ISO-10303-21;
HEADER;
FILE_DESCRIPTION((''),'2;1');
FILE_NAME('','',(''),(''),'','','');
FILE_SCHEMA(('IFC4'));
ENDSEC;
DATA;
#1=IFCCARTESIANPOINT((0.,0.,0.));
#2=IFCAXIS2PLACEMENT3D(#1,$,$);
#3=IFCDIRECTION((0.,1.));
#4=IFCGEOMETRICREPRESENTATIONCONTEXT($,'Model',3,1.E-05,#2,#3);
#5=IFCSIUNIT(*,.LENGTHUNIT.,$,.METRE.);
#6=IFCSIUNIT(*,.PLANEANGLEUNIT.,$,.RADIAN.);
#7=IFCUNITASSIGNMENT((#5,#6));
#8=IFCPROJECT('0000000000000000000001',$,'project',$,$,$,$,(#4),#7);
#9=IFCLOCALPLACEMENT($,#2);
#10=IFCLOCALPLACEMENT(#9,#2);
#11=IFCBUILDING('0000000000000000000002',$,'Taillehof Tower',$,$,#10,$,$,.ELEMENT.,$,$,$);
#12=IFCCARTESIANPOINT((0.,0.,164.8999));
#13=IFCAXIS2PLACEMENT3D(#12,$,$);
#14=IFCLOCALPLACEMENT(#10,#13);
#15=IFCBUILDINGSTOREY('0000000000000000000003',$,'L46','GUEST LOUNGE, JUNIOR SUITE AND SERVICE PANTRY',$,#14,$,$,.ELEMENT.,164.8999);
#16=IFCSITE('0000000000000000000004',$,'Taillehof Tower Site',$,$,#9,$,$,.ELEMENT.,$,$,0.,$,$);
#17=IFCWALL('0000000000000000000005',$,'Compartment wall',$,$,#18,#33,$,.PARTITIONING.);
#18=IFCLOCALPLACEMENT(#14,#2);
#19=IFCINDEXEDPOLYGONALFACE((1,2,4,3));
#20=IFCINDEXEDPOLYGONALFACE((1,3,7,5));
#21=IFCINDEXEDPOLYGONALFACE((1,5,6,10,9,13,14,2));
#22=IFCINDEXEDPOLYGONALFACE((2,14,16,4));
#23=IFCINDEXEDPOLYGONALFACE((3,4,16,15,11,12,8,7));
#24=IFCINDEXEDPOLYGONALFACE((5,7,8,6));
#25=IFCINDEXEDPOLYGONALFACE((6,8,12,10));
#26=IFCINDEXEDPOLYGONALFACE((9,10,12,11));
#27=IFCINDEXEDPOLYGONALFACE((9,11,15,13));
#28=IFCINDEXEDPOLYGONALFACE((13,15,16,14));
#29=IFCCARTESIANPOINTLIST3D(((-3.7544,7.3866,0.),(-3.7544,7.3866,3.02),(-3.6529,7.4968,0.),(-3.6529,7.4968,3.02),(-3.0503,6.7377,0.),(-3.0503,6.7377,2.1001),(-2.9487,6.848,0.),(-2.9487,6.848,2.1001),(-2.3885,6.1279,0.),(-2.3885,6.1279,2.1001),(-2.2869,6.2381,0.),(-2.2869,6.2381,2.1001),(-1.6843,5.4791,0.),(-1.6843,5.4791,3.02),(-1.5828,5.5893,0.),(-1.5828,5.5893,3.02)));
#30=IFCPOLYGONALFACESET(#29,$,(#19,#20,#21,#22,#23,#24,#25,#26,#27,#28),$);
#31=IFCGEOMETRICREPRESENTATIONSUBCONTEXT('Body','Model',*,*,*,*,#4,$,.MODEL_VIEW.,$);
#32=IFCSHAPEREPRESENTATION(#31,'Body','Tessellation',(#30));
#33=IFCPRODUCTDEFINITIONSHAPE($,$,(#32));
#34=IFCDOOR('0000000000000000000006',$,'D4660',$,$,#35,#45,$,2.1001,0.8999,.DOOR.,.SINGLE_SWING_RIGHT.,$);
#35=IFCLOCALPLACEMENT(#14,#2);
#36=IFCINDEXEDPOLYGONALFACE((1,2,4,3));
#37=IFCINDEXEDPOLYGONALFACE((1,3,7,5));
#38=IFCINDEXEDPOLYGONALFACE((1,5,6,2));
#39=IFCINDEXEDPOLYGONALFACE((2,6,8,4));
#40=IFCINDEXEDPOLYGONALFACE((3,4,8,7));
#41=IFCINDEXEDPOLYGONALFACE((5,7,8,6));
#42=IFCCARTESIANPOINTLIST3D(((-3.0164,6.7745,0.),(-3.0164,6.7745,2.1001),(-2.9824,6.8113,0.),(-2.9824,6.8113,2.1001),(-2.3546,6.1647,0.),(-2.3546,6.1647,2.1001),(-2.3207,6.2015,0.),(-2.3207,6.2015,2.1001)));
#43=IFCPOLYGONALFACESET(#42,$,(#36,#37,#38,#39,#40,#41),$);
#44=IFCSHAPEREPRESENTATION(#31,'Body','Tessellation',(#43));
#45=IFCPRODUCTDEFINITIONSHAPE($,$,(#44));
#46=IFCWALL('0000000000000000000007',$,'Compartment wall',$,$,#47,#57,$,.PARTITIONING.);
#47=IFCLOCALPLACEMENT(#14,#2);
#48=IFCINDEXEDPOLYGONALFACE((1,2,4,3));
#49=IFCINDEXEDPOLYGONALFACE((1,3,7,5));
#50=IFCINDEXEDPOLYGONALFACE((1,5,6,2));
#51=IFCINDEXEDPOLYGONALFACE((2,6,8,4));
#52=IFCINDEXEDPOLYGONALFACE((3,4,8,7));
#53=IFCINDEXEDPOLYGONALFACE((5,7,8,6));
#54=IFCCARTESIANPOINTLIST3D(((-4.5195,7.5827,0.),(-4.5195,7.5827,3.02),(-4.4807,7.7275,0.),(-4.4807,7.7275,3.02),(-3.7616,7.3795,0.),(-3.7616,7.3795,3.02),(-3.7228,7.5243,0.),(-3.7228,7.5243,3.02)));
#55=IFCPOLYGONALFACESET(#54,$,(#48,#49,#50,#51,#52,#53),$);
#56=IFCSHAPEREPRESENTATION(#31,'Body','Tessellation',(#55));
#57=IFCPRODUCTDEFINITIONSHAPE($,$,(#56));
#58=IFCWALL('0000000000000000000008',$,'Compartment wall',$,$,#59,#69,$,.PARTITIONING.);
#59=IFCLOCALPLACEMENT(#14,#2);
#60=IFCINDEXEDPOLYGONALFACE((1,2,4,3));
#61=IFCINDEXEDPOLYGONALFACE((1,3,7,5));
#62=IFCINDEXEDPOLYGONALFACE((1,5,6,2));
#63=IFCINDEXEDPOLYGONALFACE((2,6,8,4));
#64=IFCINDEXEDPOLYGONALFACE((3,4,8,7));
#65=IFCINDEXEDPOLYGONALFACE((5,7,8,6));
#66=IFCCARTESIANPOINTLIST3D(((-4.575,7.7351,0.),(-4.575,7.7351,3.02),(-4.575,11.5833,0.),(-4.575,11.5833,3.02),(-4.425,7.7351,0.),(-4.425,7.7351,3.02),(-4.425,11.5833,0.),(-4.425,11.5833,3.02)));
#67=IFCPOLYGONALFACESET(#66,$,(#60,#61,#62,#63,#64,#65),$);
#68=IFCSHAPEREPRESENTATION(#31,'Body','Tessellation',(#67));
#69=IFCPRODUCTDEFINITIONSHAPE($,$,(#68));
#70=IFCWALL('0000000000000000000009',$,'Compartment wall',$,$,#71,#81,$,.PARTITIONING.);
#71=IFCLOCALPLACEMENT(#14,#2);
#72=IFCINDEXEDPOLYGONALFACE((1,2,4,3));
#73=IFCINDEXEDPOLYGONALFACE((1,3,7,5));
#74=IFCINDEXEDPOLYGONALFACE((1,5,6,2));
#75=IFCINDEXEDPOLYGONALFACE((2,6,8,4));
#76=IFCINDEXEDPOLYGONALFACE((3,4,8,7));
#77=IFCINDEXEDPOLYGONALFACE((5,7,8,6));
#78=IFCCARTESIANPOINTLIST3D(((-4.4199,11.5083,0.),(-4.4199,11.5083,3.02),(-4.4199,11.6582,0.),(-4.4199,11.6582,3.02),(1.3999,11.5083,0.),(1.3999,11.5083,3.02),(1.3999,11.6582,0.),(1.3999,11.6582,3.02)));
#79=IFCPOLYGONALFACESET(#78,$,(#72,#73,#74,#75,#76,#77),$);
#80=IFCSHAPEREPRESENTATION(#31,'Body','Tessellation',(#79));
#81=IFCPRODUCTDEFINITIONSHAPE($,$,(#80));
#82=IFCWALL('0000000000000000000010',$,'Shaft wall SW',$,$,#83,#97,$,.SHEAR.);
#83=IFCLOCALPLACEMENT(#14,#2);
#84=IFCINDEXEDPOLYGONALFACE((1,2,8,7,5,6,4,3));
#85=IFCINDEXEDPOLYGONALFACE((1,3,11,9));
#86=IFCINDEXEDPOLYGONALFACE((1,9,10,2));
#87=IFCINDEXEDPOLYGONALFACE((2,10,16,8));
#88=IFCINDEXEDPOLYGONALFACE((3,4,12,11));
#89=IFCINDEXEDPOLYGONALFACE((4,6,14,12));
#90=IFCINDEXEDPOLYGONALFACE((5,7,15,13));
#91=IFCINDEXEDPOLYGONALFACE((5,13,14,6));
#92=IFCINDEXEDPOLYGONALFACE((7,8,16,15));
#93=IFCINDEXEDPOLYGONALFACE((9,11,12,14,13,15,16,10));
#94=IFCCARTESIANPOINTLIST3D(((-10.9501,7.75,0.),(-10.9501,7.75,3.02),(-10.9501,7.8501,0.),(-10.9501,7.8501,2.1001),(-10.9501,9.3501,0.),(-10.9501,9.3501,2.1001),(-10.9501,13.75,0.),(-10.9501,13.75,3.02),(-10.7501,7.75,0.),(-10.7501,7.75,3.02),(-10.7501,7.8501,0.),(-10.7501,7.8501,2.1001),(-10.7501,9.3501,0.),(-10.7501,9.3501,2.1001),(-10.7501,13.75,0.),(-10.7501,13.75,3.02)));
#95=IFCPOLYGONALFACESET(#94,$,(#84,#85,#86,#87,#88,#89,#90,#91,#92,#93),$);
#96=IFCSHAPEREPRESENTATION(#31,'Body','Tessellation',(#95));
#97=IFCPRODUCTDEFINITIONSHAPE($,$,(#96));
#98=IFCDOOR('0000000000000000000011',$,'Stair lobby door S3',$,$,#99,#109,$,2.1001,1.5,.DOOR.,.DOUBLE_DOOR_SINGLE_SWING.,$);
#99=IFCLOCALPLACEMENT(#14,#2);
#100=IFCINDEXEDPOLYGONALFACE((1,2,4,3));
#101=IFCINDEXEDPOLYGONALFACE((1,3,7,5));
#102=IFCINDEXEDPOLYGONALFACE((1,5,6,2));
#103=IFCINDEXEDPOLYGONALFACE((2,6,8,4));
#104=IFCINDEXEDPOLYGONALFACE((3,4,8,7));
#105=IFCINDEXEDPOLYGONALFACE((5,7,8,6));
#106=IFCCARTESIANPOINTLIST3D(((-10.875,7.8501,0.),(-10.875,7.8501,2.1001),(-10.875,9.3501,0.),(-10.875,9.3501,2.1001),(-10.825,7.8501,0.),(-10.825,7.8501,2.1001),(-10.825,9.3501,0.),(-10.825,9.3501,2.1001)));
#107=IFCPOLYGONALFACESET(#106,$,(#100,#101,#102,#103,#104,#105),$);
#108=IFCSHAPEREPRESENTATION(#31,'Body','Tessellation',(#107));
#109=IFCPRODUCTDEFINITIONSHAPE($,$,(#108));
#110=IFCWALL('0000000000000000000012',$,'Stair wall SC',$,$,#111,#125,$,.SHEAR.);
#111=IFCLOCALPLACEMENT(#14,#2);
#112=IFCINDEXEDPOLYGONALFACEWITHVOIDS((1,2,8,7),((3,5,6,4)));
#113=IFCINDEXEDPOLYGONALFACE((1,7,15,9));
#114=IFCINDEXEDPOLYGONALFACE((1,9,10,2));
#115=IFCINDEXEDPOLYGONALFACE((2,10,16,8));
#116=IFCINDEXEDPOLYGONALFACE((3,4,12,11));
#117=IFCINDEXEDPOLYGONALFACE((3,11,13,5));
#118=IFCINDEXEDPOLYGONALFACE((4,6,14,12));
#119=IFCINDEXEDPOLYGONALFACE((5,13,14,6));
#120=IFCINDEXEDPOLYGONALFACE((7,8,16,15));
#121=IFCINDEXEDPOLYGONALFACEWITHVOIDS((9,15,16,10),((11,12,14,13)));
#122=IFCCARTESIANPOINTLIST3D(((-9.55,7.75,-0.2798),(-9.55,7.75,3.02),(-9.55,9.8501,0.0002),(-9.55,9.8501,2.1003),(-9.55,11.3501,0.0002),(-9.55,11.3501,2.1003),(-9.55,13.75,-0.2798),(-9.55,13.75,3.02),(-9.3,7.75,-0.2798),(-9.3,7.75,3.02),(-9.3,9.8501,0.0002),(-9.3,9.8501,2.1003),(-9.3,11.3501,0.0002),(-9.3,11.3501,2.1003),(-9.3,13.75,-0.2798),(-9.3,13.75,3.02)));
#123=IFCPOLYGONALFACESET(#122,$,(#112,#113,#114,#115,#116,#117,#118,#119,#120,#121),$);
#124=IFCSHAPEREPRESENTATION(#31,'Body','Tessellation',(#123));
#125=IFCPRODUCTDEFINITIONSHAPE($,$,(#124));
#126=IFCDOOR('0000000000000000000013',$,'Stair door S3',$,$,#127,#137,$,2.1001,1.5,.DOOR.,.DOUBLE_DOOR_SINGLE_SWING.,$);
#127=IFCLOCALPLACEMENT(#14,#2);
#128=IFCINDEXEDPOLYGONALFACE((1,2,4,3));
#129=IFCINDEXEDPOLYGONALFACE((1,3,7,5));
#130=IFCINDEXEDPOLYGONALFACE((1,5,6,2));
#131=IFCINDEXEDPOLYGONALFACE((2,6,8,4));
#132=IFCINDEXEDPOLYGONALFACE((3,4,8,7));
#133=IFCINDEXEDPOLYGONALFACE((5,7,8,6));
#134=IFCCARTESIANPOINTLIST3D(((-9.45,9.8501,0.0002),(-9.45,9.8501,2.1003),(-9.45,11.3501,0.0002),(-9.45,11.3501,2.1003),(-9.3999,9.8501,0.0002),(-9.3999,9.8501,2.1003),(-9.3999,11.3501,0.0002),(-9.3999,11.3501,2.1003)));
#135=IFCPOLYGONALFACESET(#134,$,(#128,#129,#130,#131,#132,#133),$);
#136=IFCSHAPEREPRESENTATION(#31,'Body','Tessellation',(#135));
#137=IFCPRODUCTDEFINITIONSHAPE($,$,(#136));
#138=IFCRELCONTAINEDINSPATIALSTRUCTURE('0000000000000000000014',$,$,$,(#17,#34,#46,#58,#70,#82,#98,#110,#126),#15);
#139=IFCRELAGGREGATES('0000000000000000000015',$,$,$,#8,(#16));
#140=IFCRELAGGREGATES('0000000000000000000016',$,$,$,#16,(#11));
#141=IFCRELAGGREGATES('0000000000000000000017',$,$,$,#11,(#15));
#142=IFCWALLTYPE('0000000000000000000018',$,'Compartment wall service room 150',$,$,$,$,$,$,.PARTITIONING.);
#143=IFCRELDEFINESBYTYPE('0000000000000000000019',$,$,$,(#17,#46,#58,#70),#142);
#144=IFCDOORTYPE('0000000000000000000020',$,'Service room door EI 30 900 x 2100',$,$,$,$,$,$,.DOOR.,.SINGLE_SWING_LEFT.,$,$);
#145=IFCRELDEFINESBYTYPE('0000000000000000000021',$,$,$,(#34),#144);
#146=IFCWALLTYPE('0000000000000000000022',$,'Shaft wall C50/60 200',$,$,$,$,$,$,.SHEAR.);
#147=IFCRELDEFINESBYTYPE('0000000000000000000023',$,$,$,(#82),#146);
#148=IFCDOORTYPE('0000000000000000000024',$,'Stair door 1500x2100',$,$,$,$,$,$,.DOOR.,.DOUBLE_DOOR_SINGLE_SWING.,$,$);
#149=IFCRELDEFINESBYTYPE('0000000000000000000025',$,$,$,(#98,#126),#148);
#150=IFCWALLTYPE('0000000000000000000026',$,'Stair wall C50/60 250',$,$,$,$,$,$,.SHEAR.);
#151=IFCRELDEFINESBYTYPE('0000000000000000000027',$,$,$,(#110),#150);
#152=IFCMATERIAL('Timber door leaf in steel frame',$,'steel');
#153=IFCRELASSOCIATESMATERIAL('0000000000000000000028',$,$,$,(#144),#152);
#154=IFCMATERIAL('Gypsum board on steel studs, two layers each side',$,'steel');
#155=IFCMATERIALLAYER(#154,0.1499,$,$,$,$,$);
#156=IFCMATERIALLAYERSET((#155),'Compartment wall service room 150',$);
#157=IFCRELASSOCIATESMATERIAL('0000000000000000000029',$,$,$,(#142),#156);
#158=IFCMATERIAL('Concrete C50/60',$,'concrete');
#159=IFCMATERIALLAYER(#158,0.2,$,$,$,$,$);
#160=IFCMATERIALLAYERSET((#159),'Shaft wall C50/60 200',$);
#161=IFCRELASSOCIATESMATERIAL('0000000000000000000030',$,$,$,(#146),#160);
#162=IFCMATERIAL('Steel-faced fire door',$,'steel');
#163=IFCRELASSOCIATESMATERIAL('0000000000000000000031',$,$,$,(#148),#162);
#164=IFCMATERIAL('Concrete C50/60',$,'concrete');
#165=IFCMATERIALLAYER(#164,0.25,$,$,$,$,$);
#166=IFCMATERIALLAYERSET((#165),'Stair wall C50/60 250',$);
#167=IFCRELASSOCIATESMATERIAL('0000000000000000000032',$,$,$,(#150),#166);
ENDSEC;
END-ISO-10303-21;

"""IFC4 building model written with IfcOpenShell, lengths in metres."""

from ifc_helpers import new_model, si_unit, direction, frame, frame_2d, origin, place, context, subcontext, project, spatial, rectangle, extrude, material, layer, layer_set, type_object, element, fill, save


model = new_model("IFC4")

# Units and contexts
model_context = context("Model", 3, precision=1e-05, world=origin(), true_north=direction((0.0, 1.0)))
body_context = subcontext(model_context, "Body", "Model", "MODEL_VIEW")
ifc_project = project(units=[si_unit("LENGTHUNIT", "METRE"), si_unit("PLANEANGLEUNIT", "RADIAN")], contexts=[model_context])

# Site, building, storey
site_placement = place(None, origin())
site = spatial("IfcSite", under=ifc_project, at=site_placement, Name="Taillehof Tower Site", CompositionType="ELEMENT", RefElevation=0.0)
building_placement = place(site_placement, origin())
building = spatial("IfcBuilding", under=site, at=building_placement, Name="Taillehof Tower", CompositionType="ELEMENT")
storey_placement = place(building_placement, frame((0.0, 0.0, 164.8999)))
storey = spatial("IfcBuildingStorey", under=building, at=storey_placement, Name="L46", Description="GUEST LOUNGE, JUNIOR SUITE AND SERVICE PANTRY", CompositionType="ELEMENT", Elevation=164.8999)

# Shared definitions
ifc_material_1 = material(Name="Timber door leaf in steel frame", Category="steel")
door_type_1 = type_object("IfcDoorType", Name="Service room door EI 30 900 x 2100", OperationType="SINGLE_SWING_LEFT", PredefinedType="DOOR", material=ifc_material_1)

# Shared definitions
ifc_material_2 = material(Name="Gypsum board on steel studs, two layers each side", Category="steel")
ifc_layer_1 = layer(ifc_material_2, 0.1499)
ifc_layer_set_1 = layer_set([ifc_layer_1], Name="Compartment wall service room 150")
wall_type_1 = type_object("IfcWallType", Name="Compartment wall service room 150", PredefinedType="PARTITIONING", material=ifc_layer_set_1)

# Wall, opening, door
wall_1_placement = place(storey_placement, frame((-1.6335, 5.5342, 0.0), z_axis=(0.0, 0.0, 1.0), x_axis=(-0.735398, 0.677635, 0.0)))
wall_1 = element("IfcWall", 1, at=wall_1_placement, inside=storey, type_object=wall_type_1, Name="Compartment wall", PredefinedType="PARTITIONING", context=body_context, shape_type="SweptSolid", body=[
    extrude(rectangle(XDim=2.8149, YDim=0.1499, at=frame_2d((1.4075, 0.0))), origin(), (0.0, 0.0, 1.0), 3.02),
])
opening_1_placement = place(wall_1_placement, frame((0.9575, 0.0, 0.0)))
opening_1 = element("IfcOpeningElement", 2, at=opening_1_placement, cuts=wall_1, PredefinedType="OPENING", context=body_context, shape_type="SweptSolid", body=[
    extrude(rectangle(XDim=0.8999, YDim=2.1001, at=frame_2d((0.45, 1.05))), frame((0.0, 0.085, 0.0), z_axis=(0.0, -1.0, 0.0), x_axis=(1.0, 0.0, 0.0)), (0.0, 0.0, 1.0), 0.1699),
])
door_1_placement = place(opening_1_placement, origin())
door_1 = element("IfcDoor", 3, at=door_1_placement, inside=storey, type_object=door_type_1, Name="D4660", OperationType="SINGLE_SWING_RIGHT", OverallHeight=2.1001, OverallWidth=0.8999, PredefinedType="DOOR", context=body_context, shape_type="SweptSolid", body=[
    extrude(rectangle(XDim=0.8999, YDim=2.1001, at=frame_2d((0.45, 1.05))), frame((0.0, 0.0249, 0.0), z_axis=(0.0, -1.0, 0.0), x_axis=(1.0, 0.0, 0.0)), (0.0, 0.0, 1.0), 0.05),
])
fill(opening_1, door_1)

# Walls
wall_2_placement = place(storey_placement, frame((-3.7422, 7.4519, 0.0), z_axis=(0.0, 0.0, 1.0), x_axis=(-0.965904, 0.258902, 0.0)))
element("IfcWall", 4, at=wall_2_placement, inside=storey, type_object=wall_type_1, Name="Compartment wall", PredefinedType="PARTITIONING", context=body_context, shape_type="SweptSolid", body=[
    extrude(rectangle(XDim=0.7847, YDim=0.1499, at=frame_2d((0.3923, 0.0))), origin(), (0.0, 0.0, 1.0), 3.02),
])
wall_3_placement = place(storey_placement, frame((-4.5, 7.7351, 0.0), z_axis=(0.0, 0.0, 1.0), x_axis=(0.0, 1.0, 0.0)))
element("IfcWall", 5, at=wall_3_placement, inside=storey, type_object=wall_type_1, Name="Compartment wall", PredefinedType="PARTITIONING", context=body_context, shape_type="SweptSolid", body=[
    extrude(rectangle(XDim=3.8481, YDim=0.1499, at=frame_2d((1.9241, 0.0))), origin(), (0.0, 0.0, 1.0), 3.02),
])
wall_4_placement = place(storey_placement, frame((-4.4199, 11.5833, 0.0), z_axis=(0.0, 0.0, 1.0), x_axis=(1.0, 0.0, 0.0)))
element("IfcWall", 6, at=wall_4_placement, inside=storey, type_object=wall_type_1, Name="Compartment wall", PredefinedType="PARTITIONING", context=body_context, shape_type="SweptSolid", body=[
    extrude(rectangle(XDim=5.8198, YDim=0.1499, at=frame_2d((2.9099, 0.0))), origin(), (0.0, 0.0, 1.0), 3.02),
])

# Walls, openings, doors
ifc_material_3 = material(Name="Concrete C50/60", Category="concrete")
ifc_layer_2 = layer(ifc_material_3, 0.2)
ifc_layer_set_2 = layer_set([ifc_layer_2], Name="Shaft wall C50/60 200")
wall_type_2 = type_object("IfcWallType", Name="Shaft wall C50/60 200", PredefinedType="SHEAR", material=ifc_layer_set_2)
wall_5_placement = place(storey_placement, frame((-10.8501, 7.75, 0.0), z_axis=(0.0, 0.0, 1.0), x_axis=(0.0, 1.0, 0.0)))
wall_5 = element("IfcWall", 7, at=wall_5_placement, inside=storey, type_object=wall_type_2, Name="Shaft wall SW", PredefinedType="SHEAR", context=body_context, shape_type="SweptSolid", body=[
    extrude(rectangle(XDim=6.0, YDim=0.2, at=frame_2d((3.0, 0.0))), origin(), (0.0, 0.0, 1.0), 3.02),
])
opening_2_placement = place(wall_5_placement, frame((0.1001, 0.0, 0.0)))
opening_2 = element("IfcOpeningElement", 8, at=opening_2_placement, cuts=wall_5, PredefinedType="OPENING", context=body_context, shape_type="SweptSolid", body=[
    extrude(rectangle(XDim=1.5, YDim=2.1001, at=frame_2d((0.75, 1.05))), frame((0.0, 0.1099, 0.0), z_axis=(0.0, -1.0, 0.0), x_axis=(1.0, 0.0, 0.0)), (0.0, 0.0, 1.0), 0.22),
])
ifc_material_4 = material(Name="Steel-faced fire door", Category="steel")
door_type_2 = type_object("IfcDoorType", Name="Stair door 1500x2100", OperationType="DOUBLE_DOOR_SINGLE_SWING", PredefinedType="DOOR", material=ifc_material_4)
door_2_placement = place(opening_2_placement, origin())
door_2 = element("IfcDoor", 9, at=door_2_placement, inside=storey, type_object=door_type_2, Name="Stair lobby door S3", OperationType="DOUBLE_DOOR_SINGLE_SWING", OverallHeight=2.1001, OverallWidth=1.5, PredefinedType="DOOR", context=body_context, shape_type="SweptSolid", body=[
    extrude(rectangle(XDim=1.5, YDim=2.1001, at=frame_2d((0.75, 1.05))), frame((0.0, 0.0249, 0.0), z_axis=(0.0, -1.0, 0.0), x_axis=(1.0, 0.0, 0.0)), (0.0, 0.0, 1.0), 0.05),
])
fill(opening_2, door_2)
ifc_material_5 = material(Name="Concrete C50/60", Category="concrete")
ifc_layer_3 = layer(ifc_material_5, 0.25)
ifc_layer_set_3 = layer_set([ifc_layer_3], Name="Stair wall C50/60 250")
wall_type_3 = type_object("IfcWallType", Name="Stair wall C50/60 250", PredefinedType="SHEAR", material=ifc_layer_set_3)
wall_6_placement = place(storey_placement, frame((-9.425, 7.75, -0.2798), z_axis=(0.0, 0.0, 1.0), x_axis=(0.0, 1.0, 0.0)))
wall_6 = element("IfcWall", 10, at=wall_6_placement, inside=storey, type_object=wall_type_3, Name="Stair wall SC", PredefinedType="SHEAR", context=body_context, shape_type="SweptSolid", body=[
    extrude(rectangle(XDim=6.0, YDim=0.25, at=frame_2d((3.0, 0.0))), origin(), (0.0, 0.0, 1.0), 3.2998),
])
opening_3_placement = place(wall_6_placement, frame((2.1001, 0.0, 0.28)))
opening_3 = element("IfcOpeningElement", 11, at=opening_3_placement, cuts=wall_6, PredefinedType="OPENING", context=body_context, shape_type="SweptSolid", body=[
    extrude(rectangle(XDim=1.5, YDim=2.1001, at=frame_2d((0.75, 1.05))), frame((0.0, 0.135, 0.0), z_axis=(0.0, -1.0, 0.0), x_axis=(1.0, 0.0, 0.0)), (0.0, 0.0, 1.0), 0.27),
])
door_3_placement = place(opening_3_placement, origin())
door_3 = element("IfcDoor", 12, at=door_3_placement, inside=storey, type_object=door_type_2, Name="Stair door S3", OperationType="DOUBLE_DOOR_SINGLE_SWING", OverallHeight=2.1001, OverallWidth=1.5, PredefinedType="DOOR", context=body_context, shape_type="SweptSolid", body=[
    extrude(rectangle(XDim=1.5, YDim=2.1001, at=frame_2d((0.75, 1.05))), frame((0.0, 0.0249, 0.0), z_axis=(0.0, -1.0, 0.0), x_axis=(1.0, 0.0, 0.0)), (0.0, 0.0, 1.0), 0.05),
])
fill(opening_3, door_3)

save(model, "model.ifc")
